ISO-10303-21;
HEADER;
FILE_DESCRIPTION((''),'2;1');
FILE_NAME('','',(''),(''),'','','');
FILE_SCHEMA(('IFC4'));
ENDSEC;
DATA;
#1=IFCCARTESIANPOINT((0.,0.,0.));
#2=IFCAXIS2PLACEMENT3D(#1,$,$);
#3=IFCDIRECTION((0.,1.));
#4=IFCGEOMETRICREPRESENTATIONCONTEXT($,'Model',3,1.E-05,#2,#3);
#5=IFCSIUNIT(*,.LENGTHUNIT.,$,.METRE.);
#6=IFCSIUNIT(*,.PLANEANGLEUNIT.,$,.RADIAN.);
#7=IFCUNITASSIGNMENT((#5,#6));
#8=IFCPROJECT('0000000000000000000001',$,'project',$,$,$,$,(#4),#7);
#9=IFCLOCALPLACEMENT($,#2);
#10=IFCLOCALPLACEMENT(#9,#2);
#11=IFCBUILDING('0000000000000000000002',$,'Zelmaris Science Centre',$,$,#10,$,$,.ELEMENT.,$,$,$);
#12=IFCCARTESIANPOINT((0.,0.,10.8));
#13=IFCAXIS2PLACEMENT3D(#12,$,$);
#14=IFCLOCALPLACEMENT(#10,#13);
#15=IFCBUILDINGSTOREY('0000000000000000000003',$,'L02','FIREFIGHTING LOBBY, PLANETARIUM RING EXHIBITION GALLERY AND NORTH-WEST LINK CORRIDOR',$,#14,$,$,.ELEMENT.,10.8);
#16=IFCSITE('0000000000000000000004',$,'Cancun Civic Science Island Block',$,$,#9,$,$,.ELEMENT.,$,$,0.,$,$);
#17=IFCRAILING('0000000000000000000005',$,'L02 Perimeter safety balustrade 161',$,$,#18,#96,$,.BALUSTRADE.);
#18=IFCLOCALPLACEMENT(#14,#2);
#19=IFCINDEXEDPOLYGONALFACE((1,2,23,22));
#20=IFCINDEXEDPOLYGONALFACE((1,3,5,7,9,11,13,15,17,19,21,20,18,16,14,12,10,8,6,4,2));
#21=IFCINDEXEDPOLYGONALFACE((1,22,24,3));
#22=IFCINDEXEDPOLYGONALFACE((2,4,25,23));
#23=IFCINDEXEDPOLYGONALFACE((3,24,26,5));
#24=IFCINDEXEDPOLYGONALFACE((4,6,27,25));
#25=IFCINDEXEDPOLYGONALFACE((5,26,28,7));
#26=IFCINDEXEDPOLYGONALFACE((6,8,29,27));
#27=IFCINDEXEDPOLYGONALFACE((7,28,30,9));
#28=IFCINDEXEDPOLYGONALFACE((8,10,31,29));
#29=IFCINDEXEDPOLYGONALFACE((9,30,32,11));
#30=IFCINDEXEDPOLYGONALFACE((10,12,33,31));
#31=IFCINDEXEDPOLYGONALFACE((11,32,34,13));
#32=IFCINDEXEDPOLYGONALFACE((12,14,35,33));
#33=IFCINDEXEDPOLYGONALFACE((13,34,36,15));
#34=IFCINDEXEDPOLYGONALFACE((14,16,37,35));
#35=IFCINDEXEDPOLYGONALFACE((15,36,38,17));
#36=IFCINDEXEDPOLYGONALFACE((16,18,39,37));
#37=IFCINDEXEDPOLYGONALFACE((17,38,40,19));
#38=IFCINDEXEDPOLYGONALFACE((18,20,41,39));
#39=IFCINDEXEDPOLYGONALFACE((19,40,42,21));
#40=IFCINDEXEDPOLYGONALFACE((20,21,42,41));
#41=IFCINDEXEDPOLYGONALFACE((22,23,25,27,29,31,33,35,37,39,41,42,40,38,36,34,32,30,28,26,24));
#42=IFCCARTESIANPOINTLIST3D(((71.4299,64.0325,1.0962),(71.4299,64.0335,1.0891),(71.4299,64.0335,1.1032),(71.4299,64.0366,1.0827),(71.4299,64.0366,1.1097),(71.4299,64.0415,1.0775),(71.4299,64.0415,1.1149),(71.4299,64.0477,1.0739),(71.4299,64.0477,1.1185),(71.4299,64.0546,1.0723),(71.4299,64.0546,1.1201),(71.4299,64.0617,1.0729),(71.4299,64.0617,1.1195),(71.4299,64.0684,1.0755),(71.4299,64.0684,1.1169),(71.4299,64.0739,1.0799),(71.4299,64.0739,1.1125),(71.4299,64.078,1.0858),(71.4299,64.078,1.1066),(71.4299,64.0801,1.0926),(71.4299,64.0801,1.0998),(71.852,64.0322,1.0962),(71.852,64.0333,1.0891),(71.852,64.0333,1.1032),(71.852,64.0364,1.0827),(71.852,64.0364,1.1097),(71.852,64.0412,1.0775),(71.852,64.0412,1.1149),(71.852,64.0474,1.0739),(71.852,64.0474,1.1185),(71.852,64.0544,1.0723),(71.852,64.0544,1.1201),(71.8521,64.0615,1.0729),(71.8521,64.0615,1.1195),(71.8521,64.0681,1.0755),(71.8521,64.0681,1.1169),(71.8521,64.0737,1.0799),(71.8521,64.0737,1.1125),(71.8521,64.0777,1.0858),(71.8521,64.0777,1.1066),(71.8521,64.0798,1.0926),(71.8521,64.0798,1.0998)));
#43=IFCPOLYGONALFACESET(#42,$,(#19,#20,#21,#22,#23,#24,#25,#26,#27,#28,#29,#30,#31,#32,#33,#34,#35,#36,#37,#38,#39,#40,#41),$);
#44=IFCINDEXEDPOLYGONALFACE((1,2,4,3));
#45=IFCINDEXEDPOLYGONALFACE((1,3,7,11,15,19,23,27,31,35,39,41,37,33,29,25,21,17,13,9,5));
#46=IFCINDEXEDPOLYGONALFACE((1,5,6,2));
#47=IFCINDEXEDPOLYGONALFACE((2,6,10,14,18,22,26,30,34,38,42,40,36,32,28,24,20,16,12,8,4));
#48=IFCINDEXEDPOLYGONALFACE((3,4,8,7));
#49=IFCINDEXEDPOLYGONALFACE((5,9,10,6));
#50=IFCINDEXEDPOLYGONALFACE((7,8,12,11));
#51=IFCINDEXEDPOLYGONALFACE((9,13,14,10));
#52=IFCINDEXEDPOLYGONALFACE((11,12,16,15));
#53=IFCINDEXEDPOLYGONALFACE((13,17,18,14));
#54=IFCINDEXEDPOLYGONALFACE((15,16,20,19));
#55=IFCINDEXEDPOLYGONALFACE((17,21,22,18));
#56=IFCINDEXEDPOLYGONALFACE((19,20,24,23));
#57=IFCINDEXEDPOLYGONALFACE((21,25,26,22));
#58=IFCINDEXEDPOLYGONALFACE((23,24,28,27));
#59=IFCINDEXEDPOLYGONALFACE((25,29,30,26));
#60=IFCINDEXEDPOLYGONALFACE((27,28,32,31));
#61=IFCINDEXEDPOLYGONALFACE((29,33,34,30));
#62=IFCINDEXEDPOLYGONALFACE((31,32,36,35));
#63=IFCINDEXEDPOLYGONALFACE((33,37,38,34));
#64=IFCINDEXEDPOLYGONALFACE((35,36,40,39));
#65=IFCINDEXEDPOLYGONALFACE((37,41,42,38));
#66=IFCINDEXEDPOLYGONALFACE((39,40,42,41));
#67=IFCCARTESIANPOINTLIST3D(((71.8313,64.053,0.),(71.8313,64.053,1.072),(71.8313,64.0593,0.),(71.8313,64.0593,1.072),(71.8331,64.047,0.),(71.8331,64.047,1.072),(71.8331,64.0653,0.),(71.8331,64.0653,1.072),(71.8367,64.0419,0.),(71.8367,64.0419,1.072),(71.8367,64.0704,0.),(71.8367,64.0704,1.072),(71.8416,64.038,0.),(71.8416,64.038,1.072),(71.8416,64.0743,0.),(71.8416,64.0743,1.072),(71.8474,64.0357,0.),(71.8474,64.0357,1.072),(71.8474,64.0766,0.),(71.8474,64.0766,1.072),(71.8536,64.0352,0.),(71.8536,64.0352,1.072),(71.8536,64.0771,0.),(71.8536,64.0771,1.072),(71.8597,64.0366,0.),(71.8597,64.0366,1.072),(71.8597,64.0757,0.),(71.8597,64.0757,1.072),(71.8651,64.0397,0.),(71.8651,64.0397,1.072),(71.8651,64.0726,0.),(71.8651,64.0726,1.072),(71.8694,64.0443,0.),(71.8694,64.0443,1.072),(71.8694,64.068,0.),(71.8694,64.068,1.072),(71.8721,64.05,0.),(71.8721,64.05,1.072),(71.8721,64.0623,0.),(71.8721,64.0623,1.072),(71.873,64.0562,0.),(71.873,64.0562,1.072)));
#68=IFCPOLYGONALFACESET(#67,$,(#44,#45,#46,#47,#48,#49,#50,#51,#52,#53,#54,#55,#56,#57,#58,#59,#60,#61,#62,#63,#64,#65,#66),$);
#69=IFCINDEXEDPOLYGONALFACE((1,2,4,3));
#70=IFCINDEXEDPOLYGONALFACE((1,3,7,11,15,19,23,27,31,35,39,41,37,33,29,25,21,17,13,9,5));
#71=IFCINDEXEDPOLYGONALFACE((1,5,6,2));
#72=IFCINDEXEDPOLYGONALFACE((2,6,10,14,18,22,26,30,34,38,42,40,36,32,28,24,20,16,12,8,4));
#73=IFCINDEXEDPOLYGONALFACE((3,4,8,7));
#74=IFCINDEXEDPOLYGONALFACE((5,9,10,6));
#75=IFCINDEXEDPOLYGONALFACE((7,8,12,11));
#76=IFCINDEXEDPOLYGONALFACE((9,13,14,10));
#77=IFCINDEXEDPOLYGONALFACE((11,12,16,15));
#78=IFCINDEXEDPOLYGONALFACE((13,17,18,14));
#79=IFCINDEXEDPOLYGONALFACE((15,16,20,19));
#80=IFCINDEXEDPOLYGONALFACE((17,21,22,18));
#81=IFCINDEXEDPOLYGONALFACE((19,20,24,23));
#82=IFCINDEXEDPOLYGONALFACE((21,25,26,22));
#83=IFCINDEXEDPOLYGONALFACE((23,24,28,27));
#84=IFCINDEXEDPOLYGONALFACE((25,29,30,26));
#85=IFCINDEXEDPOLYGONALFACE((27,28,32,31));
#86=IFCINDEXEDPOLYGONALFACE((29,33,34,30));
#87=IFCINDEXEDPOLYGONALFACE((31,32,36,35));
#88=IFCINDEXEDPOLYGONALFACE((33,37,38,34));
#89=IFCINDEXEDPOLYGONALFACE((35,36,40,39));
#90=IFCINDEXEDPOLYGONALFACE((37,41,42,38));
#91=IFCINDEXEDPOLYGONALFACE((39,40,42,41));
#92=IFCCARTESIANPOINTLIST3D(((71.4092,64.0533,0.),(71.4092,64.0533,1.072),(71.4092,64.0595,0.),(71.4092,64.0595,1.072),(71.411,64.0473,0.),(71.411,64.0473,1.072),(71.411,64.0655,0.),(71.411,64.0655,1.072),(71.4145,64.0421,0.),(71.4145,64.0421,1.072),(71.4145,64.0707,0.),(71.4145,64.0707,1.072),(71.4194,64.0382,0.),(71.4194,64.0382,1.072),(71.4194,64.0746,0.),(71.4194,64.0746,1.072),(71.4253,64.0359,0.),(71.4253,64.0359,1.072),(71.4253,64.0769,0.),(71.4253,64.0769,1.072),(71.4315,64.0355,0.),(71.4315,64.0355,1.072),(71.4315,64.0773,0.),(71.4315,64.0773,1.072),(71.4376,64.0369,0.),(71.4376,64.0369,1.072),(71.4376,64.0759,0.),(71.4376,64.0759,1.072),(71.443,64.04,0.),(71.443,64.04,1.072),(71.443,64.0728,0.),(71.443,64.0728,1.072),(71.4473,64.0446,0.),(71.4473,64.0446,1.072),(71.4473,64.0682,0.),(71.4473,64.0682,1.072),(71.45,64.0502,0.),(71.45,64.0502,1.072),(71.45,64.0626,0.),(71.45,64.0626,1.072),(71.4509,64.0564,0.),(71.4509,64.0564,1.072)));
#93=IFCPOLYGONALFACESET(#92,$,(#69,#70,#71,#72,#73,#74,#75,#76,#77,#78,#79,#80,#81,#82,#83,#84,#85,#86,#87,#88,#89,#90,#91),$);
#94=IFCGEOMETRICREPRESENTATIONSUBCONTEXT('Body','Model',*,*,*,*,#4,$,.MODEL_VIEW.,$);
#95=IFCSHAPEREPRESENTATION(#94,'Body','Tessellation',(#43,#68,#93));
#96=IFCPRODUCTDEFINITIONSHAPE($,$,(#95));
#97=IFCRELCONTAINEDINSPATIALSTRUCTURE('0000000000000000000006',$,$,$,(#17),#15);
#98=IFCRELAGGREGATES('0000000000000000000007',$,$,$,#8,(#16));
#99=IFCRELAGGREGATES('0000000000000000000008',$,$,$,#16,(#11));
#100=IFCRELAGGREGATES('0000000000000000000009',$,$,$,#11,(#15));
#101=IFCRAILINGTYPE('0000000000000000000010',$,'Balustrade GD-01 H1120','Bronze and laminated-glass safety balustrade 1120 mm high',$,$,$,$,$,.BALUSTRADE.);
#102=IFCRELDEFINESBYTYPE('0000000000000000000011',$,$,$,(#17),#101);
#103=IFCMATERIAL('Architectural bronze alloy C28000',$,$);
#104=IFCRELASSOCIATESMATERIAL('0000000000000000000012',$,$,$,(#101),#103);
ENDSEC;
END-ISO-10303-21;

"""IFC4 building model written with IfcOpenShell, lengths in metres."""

from ifc_helpers import new_model, si_unit, direction, frame, origin, origin_2d, place, context, subcontext, project, spatial, circle, extrude, material, type_object, element, save


model = new_model("IFC4")

# Units and contexts
model_context = context("Model", 3, precision=1e-05, world=origin(), true_north=direction((0.0, 1.0)))
body_context = subcontext(model_context, "Body", "Model", "MODEL_VIEW")
ifc_project = project(units=[si_unit("LENGTHUNIT", "METRE"), si_unit("PLANEANGLEUNIT", "RADIAN")], contexts=[model_context])

# Site, building, storey
site_placement = place(None, origin())
site = spatial("IfcSite", under=ifc_project, at=site_placement, Name="Cancun Civic Science Island Block", CompositionType="ELEMENT", RefElevation=0.0)
building_placement = place(site_placement, origin())
building = spatial("IfcBuilding", under=site, at=building_placement, Name="Zelmaris Science Centre", CompositionType="ELEMENT")
storey_placement = place(building_placement, frame((0.0, 0.0, 10.8)))
storey = spatial("IfcBuildingStorey", under=building, at=storey_placement, Name="L02", Description="FIREFIGHTING LOBBY, PLANETARIUM RING EXHIBITION GALLERY AND NORTH-WEST LINK CORRIDOR", CompositionType="ELEMENT", Elevation=10.8)

# Railing
ifc_material_1 = material(Name="Architectural bronze alloy C28000")
railing_type = type_object("IfcRailingType", Name="Balustrade GD-01 H1120", Description="Bronze and laminated-glass safety balustrade 1120 mm high", PredefinedType="BALUSTRADE", material=ifc_material_1)
railing_1_placement = place(storey_placement, frame((71.8521, 64.0562, 0.0)))
element("IfcRailing", 1, at=railing_1_placement, inside=storey, type_object=railing_type, Name="L02 Perimeter safety balustrade 161", PredefinedType="BALUSTRADE", context=body_context, shape_type="SweptSolid", body=[
    extrude(circle(Radius=0.0239, at=origin_2d()), frame((0.0, 0.0, 1.0962), z_axis=(-1.0, 0.000578, 0.0), x_axis=(-0.000578, -1.0, 0.0)), (0.0, 0.0, 1.0), 0.4221),
    extrude(circle(Radius=0.021, at=origin_2d()), origin(), (0.0, 0.0, 1.0), 1.072),
    extrude(circle(Radius=0.021, at=origin_2d()), frame((-0.4221, 0.0002, 0.0)), (0.0, 0.0, 1.0), 1.072),
])

save(model, "model.ifc")
